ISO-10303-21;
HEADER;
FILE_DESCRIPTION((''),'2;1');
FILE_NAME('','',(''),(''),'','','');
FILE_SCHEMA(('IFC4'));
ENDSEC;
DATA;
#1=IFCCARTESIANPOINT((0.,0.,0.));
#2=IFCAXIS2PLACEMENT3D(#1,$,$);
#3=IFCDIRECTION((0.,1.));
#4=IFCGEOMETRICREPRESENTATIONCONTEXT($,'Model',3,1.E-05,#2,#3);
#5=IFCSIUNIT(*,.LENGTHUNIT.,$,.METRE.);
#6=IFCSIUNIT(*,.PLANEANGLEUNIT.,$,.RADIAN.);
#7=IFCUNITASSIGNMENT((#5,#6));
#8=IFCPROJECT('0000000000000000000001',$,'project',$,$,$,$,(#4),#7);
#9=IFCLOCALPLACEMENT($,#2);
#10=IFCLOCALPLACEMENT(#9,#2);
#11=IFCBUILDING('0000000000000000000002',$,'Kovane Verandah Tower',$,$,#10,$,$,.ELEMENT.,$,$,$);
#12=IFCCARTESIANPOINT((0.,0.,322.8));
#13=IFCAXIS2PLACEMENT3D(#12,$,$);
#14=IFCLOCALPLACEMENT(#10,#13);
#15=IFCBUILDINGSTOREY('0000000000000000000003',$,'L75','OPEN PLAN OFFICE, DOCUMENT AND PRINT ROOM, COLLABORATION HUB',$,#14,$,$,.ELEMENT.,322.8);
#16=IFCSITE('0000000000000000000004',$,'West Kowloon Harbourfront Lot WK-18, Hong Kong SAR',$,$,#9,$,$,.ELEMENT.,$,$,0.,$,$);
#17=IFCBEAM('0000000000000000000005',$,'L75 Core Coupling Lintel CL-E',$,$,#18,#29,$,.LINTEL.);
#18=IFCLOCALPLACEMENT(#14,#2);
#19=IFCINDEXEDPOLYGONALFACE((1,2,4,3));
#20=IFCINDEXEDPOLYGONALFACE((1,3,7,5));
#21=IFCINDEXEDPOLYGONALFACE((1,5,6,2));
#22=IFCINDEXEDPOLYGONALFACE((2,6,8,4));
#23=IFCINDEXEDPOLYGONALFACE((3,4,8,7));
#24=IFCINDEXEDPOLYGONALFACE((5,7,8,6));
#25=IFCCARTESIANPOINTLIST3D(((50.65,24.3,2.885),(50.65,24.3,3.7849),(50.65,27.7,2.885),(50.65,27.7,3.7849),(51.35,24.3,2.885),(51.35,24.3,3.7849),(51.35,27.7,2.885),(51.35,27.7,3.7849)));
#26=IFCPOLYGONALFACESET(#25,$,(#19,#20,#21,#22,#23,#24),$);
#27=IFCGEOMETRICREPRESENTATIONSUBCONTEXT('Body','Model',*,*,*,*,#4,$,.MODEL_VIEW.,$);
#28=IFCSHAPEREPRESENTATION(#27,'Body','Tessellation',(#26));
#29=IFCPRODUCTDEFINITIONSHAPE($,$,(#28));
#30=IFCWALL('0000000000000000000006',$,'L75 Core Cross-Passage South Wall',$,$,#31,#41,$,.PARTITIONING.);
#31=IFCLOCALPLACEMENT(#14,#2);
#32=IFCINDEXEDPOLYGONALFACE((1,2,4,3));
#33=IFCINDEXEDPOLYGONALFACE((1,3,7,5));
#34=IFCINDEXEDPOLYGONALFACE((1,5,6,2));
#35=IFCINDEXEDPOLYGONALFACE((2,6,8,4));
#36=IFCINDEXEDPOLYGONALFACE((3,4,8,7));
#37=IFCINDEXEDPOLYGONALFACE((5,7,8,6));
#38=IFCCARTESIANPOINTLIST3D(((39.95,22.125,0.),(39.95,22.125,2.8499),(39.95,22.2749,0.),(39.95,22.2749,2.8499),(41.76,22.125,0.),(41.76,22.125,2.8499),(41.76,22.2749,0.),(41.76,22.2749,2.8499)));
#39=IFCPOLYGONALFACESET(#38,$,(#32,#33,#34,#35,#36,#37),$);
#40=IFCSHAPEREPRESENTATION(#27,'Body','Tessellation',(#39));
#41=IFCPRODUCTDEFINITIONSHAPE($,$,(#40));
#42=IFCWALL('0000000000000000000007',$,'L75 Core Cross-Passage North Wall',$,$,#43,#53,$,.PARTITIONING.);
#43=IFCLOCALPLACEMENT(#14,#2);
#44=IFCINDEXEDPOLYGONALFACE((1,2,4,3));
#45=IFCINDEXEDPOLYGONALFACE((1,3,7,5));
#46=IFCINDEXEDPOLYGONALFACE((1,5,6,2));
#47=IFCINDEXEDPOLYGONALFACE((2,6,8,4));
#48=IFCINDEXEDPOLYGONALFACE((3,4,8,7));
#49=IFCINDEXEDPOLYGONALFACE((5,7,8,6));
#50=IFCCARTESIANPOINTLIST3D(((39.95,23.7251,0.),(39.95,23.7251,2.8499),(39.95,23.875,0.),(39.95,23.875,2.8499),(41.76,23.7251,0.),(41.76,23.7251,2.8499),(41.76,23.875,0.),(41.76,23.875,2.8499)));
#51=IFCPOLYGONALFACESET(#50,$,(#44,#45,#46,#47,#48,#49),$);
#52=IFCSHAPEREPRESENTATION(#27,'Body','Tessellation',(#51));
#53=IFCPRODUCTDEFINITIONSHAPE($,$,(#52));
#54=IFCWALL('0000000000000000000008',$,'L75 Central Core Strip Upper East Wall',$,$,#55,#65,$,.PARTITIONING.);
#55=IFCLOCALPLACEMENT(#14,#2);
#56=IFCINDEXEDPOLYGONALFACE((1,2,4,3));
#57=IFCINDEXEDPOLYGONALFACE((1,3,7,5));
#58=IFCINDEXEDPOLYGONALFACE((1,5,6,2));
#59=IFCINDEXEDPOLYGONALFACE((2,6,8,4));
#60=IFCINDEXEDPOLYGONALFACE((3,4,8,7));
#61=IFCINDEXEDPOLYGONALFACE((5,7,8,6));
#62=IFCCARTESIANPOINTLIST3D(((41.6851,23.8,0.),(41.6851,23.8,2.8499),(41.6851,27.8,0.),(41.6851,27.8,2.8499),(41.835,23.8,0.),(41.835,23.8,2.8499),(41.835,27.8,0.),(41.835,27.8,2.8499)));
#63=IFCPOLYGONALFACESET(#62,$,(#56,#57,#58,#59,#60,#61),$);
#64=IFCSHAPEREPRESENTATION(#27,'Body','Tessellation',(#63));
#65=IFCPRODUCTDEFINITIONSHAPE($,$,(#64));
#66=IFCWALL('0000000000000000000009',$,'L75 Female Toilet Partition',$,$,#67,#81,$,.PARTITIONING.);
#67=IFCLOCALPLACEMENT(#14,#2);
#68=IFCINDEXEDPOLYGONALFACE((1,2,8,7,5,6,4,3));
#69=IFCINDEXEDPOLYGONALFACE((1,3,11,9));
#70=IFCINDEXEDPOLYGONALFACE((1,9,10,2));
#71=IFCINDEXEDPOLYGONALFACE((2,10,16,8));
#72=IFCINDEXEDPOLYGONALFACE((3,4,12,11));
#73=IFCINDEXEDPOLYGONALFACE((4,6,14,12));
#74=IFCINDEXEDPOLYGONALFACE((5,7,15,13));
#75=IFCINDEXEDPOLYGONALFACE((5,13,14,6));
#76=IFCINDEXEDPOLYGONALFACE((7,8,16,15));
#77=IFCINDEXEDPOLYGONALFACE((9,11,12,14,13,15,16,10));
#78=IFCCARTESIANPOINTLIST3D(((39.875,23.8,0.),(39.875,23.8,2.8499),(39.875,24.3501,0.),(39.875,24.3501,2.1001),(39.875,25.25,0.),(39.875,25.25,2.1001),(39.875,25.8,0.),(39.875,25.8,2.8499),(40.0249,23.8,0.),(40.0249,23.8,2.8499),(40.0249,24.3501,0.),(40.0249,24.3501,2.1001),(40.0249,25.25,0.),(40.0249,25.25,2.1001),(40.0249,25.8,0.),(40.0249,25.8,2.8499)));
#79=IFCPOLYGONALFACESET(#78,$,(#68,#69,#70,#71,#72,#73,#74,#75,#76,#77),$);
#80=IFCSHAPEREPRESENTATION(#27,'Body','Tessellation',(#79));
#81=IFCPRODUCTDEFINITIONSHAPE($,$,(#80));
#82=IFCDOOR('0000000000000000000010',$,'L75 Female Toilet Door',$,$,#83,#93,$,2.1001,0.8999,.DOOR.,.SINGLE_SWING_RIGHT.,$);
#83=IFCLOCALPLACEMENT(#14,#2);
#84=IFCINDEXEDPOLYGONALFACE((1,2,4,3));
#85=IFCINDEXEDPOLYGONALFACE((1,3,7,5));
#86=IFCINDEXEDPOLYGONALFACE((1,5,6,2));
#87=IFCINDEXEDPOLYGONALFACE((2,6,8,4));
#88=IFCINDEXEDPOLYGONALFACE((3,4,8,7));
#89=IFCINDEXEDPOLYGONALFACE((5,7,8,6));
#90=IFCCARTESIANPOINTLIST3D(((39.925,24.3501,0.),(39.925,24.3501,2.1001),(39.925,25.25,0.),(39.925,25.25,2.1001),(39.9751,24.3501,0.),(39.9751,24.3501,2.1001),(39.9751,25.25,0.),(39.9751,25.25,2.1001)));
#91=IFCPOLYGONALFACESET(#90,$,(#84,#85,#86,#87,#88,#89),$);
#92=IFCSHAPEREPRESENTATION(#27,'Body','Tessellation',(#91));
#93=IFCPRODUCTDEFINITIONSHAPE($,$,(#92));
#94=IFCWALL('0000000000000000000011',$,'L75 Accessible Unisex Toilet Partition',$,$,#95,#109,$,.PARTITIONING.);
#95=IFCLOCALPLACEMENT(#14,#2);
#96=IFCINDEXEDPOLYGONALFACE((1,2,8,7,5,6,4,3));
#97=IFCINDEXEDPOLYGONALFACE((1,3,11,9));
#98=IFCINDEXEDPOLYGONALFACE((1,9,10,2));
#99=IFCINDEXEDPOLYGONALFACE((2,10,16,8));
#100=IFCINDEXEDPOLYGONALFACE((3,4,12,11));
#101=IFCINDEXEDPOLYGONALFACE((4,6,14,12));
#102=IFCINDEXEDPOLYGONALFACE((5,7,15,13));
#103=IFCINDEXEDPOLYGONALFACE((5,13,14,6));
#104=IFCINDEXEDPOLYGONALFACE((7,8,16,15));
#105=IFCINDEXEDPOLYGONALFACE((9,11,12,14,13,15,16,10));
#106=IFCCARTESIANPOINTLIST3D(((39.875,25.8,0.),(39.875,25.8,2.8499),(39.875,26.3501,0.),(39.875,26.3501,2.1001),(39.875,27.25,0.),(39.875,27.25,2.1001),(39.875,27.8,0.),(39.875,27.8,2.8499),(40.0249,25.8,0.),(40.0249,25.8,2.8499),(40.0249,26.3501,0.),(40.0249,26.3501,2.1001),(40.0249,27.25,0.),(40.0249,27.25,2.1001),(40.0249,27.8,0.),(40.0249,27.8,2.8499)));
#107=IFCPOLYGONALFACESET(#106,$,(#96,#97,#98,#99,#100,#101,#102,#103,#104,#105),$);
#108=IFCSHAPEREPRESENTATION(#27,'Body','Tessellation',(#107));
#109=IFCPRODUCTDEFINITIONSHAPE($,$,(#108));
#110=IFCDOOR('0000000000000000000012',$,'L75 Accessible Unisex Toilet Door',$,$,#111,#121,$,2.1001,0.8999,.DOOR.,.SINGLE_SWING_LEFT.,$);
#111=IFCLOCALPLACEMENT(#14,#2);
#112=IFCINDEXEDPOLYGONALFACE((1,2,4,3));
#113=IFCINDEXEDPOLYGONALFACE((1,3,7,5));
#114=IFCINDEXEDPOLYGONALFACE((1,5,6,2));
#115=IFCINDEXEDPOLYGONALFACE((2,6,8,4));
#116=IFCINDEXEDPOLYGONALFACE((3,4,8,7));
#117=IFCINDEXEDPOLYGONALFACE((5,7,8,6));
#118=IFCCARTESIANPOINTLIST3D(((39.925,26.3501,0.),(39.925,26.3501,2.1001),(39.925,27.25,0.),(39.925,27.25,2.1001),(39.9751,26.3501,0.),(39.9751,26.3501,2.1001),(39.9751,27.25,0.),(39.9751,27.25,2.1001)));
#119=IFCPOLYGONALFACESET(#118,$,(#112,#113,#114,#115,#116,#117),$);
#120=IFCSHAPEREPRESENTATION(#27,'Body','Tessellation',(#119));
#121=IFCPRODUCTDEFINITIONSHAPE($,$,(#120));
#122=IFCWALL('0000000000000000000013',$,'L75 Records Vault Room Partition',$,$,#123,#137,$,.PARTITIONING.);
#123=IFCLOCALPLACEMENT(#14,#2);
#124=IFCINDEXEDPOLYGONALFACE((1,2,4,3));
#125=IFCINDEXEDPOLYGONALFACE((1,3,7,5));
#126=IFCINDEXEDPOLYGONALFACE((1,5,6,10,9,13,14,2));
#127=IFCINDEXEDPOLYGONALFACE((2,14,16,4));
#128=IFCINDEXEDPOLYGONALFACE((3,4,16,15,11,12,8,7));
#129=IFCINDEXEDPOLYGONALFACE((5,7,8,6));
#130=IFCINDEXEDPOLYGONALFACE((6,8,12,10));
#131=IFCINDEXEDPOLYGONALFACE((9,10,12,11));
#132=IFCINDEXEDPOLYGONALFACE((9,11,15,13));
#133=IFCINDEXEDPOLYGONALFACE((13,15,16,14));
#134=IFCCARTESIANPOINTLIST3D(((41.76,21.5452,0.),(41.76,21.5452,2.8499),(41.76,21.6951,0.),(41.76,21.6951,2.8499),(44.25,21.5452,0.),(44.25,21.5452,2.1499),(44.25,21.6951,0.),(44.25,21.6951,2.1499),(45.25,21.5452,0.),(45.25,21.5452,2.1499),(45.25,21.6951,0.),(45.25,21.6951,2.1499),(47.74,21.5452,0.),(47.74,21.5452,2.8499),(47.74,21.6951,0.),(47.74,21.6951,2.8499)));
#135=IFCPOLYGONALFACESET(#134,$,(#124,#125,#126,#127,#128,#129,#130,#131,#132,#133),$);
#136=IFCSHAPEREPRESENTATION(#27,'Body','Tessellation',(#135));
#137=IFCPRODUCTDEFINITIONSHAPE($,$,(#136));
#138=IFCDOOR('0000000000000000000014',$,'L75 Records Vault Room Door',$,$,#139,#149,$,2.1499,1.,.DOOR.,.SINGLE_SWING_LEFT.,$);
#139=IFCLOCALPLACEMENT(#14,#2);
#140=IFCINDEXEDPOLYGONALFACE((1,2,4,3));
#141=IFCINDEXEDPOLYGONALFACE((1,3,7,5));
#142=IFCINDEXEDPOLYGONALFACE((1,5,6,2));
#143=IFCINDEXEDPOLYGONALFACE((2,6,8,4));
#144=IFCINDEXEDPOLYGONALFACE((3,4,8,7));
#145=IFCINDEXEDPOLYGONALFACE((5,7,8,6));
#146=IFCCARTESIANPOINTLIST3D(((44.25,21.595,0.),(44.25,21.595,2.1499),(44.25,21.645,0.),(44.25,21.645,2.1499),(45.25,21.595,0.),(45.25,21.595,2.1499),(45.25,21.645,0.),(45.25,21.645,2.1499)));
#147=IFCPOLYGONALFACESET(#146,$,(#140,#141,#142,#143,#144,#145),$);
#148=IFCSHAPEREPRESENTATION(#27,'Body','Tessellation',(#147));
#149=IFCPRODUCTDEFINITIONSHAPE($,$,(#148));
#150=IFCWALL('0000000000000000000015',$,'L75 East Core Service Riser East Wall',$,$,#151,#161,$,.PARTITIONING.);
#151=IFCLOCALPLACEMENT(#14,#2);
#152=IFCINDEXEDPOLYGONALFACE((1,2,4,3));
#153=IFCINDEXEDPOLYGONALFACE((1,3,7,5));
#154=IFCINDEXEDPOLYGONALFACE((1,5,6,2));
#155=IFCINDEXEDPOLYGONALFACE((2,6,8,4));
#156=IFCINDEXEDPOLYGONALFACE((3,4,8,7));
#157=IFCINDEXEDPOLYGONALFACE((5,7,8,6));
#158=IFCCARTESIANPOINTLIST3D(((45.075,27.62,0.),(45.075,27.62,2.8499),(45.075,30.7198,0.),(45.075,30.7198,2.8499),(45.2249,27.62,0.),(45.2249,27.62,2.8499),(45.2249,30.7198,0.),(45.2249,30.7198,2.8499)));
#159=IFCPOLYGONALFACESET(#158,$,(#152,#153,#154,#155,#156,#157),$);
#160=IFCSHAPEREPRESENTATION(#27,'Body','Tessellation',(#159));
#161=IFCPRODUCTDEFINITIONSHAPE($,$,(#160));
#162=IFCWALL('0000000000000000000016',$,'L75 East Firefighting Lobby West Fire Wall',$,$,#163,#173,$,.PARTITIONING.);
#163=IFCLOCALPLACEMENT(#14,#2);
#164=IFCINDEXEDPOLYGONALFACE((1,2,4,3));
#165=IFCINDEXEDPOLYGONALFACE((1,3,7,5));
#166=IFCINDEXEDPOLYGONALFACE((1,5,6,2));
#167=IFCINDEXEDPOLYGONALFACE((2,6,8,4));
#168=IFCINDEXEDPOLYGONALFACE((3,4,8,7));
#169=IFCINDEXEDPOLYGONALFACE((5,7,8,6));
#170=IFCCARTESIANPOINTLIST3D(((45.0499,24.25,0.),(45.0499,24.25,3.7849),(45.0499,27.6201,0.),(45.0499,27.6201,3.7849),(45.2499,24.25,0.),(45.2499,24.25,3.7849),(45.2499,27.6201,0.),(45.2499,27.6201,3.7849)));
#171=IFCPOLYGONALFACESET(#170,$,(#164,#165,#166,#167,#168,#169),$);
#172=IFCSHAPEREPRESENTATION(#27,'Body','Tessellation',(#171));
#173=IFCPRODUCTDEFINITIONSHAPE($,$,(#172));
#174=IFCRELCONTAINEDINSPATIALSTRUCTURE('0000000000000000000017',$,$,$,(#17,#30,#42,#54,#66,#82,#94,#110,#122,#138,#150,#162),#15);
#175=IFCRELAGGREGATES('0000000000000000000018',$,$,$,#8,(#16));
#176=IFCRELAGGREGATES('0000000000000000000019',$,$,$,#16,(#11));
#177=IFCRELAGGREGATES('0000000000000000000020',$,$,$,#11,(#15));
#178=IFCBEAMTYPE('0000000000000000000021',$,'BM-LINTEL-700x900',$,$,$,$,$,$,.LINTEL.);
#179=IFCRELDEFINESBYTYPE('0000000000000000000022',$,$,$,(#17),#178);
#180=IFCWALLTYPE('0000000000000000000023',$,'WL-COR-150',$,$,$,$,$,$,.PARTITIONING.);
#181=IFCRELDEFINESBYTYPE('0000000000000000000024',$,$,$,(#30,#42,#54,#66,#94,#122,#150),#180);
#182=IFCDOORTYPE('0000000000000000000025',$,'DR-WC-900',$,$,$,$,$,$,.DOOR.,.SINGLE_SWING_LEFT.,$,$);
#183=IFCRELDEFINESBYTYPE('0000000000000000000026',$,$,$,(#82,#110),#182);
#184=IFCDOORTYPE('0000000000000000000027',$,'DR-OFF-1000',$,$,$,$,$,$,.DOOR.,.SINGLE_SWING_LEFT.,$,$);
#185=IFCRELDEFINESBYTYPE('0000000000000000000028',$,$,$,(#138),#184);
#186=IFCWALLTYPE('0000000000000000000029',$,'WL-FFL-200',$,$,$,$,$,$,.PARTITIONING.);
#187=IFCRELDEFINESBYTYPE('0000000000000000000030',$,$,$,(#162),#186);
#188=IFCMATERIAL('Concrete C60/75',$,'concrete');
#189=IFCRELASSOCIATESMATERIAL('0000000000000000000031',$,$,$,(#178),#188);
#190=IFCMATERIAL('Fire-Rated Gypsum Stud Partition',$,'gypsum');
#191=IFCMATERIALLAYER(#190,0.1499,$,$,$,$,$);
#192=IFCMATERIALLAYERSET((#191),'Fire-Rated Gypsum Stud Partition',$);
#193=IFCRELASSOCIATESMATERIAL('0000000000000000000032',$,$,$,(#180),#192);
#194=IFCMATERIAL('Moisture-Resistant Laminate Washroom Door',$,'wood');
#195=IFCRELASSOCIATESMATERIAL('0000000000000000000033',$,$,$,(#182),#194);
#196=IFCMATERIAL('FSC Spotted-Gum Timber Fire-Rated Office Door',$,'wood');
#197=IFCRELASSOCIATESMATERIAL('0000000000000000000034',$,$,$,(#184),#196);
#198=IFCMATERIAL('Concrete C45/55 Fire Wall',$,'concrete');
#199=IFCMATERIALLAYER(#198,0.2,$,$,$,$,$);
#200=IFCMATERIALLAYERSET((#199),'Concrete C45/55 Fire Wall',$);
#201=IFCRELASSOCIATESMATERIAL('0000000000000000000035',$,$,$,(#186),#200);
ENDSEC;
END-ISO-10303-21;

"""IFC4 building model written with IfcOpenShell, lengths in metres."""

from ifc_helpers import new_model, si_unit, direction, frame, frame_2d, origin, origin_2d, place, context, subcontext, project, spatial, rectangle, extrude, material, layer, layer_set, material_profile, profile_set, type_object, element, fill, save


model = new_model("IFC4")

# Units and contexts
model_context = context("Model", 3, precision=1e-05, world=origin(), true_north=direction((0.0, 1.0)))
body_context = subcontext(model_context, "Body", "Model", "MODEL_VIEW")
ifc_project = project(units=[si_unit("LENGTHUNIT", "METRE"), si_unit("PLANEANGLEUNIT", "RADIAN")], contexts=[model_context])

# Site, building, storey
site_placement = place(None, origin())
site = spatial("IfcSite", under=ifc_project, at=site_placement, Name="West Kowloon Harbourfront Lot WK-18, Hong Kong SAR", CompositionType="ELEMENT", RefElevation=0.0)
building_placement = place(site_placement, origin())
building = spatial("IfcBuilding", under=site, at=building_placement, Name="Kovane Verandah Tower", CompositionType="ELEMENT")
storey_placement = place(building_placement, frame((0.0, 0.0, 322.8)))
storey = spatial("IfcBuildingStorey", under=building, at=storey_placement, Name="L75", Description="OPEN PLAN OFFICE, DOCUMENT AND PRINT ROOM, COLLABORATION HUB", CompositionType="ELEMENT", Elevation=322.8)

# Beam
ifc_material_1 = material(Name="Concrete C60/75", Category="concrete")
ifc_material_profile = material_profile(ifc_material_1, rectangle(XDim=0.7, YDim=0.8999, at=origin_2d()), Name="RCB700x900")
ifc_profile_set = profile_set([ifc_material_profile], Name="Concrete C60/75")
beam_type = type_object("IfcBeamType", Name="BM-LINTEL-700x900", PredefinedType="LINTEL", material=ifc_profile_set)
beam_placement = place(storey_placement, frame((51.0, 24.3, 3.335), z_axis=(0.0, 1.0, 0.0), x_axis=(-1.0, 0.0, 0.0)))
element("IfcBeam", 1, at=beam_placement, inside=storey, type_object=beam_type, Name="L75 Core Coupling Lintel CL-E", PredefinedType="LINTEL", context=body_context, shape_type="SweptSolid", body=[
    extrude(rectangle(XDim=0.7, YDim=0.8999, at=origin_2d()), origin(), (0.0, 0.0, 1.0), 3.3999),
])

# Walls
ifc_material_2 = material(Name="Fire-Rated Gypsum Stud Partition", Category="gypsum")
ifc_layer_1 = layer(ifc_material_2, 0.1499)
ifc_layer_set_1 = layer_set([ifc_layer_1], Name="Fire-Rated Gypsum Stud Partition")
wall_type_1 = type_object("IfcWallType", Name="WL-COR-150", PredefinedType="PARTITIONING", material=ifc_layer_set_1)
for number, where, z_axis, x_axis, name in (
    (2, (39.95, 22.2, 0.0), (0.0, 0.0, 1.0), (1.0, 0.0, 0.0), "L75 Core Cross-Passage South Wall"),
    (3, (39.95, 23.8, 0.0), (0.0, 0.0, 1.0), (1.0, 0.0, 0.0), "L75 Core Cross-Passage North Wall"),
):
    element("IfcWall", number, at=place(storey_placement, frame(where, z_axis=z_axis, x_axis=x_axis)), inside=storey, type_object=wall_type_1, Name=name, PredefinedType="PARTITIONING", context=body_context, shape_type="SweptSolid", body=[
        extrude(rectangle(XDim=1.8101, YDim=0.1499, at=frame_2d((0.905, 0.0))), origin(), (0.0, 0.0, 1.0), 2.8499),
    ])
wall_1_placement = place(storey_placement, frame((41.76, 23.8, 0.0), z_axis=(0.0, 0.0, 1.0), x_axis=(0.0, 1.0, 0.0)))
element("IfcWall", 4, at=wall_1_placement, inside=storey, type_object=wall_type_1, Name="L75 Central Core Strip Upper East Wall", PredefinedType="PARTITIONING", context=body_context, shape_type="SweptSolid", body=[
    extrude(rectangle(XDim=4.0, YDim=0.1499, at=frame_2d((2.0, 0.0))), origin(), (0.0, 0.0, 1.0), 2.8499),
])

# Walls, openings, doors
wall_2_placement = place(storey_placement, frame((39.95, 23.8, 0.0), z_axis=(0.0, 0.0, 1.0), x_axis=(0.0, 1.0, 0.0)))
wall_2 = element("IfcWall", 5, at=wall_2_placement, inside=storey, type_object=wall_type_1, Name="L75 Female Toilet Partition", PredefinedType="PARTITIONING", context=body_context, shape_type="SweptSolid", body=[
    extrude(rectangle(XDim=2.0, YDim=0.1499, at=frame_2d((1.0, 0.0))), origin(), (0.0, 0.0, 1.0), 2.8499),
])
opening_1_placement = place(wall_2_placement, frame((0.55, 0.0, 0.0)))
opening_1 = element("IfcOpeningElement", 6, at=opening_1_placement, cuts=wall_2, PredefinedType="OPENING", context=body_context, shape_type="SweptSolid", body=[
    extrude(rectangle(XDim=0.8999, YDim=2.1001, at=frame_2d((0.45, 1.05))), frame((0.0, 0.075, 0.0), z_axis=(0.0, -1.0, 0.0), x_axis=(1.0, 0.0, 0.0)), (0.0, 0.0, 1.0), 0.1499),
])
ifc_material_3 = material(Name="Moisture-Resistant Laminate Washroom Door", Category="wood")
door_type_1 = type_object("IfcDoorType", Name="DR-WC-900", OperationType="SINGLE_SWING_LEFT", PredefinedType="DOOR", material=ifc_material_3)
door_1_placement = place(opening_1_placement, origin())
door_1 = element("IfcDoor", 7, at=door_1_placement, inside=storey, type_object=door_type_1, Name="L75 Female Toilet Door", OperationType="SINGLE_SWING_RIGHT", OverallHeight=2.1001, OverallWidth=0.8999, PredefinedType="DOOR", context=body_context, shape_type="SweptSolid", body=[
    extrude(rectangle(XDim=0.8999, YDim=2.1001, at=frame_2d((0.45, 1.05))), frame((0.0, 0.0249, 0.0), z_axis=(0.0, -1.0, 0.0), x_axis=(1.0, 0.0, 0.0)), (0.0, 0.0, 1.0), 0.05),
])
fill(opening_1, door_1)
wall_3_placement = place(storey_placement, frame((39.95, 25.8, 0.0), z_axis=(0.0, 0.0, 1.0), x_axis=(0.0, 1.0, 0.0)))
wall_3 = element("IfcWall", 8, at=wall_3_placement, inside=storey, type_object=wall_type_1, Name="L75 Accessible Unisex Toilet Partition", PredefinedType="PARTITIONING", context=body_context, shape_type="SweptSolid", body=[
    extrude(rectangle(XDim=2.0, YDim=0.1499, at=frame_2d((1.0, 0.0))), origin(), (0.0, 0.0, 1.0), 2.8499),
])
opening_2_placement = place(wall_3_placement, frame((0.55, 0.0, 0.0)))
opening_2 = element("IfcOpeningElement", 9, at=opening_2_placement, cuts=wall_3, PredefinedType="OPENING", context=body_context, shape_type="SweptSolid", body=[
    extrude(rectangle(XDim=0.8999, YDim=2.1001, at=frame_2d((0.45, 1.05))), frame((0.0, 0.075, 0.0), z_axis=(0.0, -1.0, 0.0), x_axis=(1.0, 0.0, 0.0)), (0.0, 0.0, 1.0), 0.1499),
])
door_2_placement = place(opening_2_placement, origin())
door_2 = element("IfcDoor", 10, at=door_2_placement, inside=storey, type_object=door_type_1, Name="L75 Accessible Unisex Toilet Door", OperationType="SINGLE_SWING_LEFT", OverallHeight=2.1001, OverallWidth=0.8999, PredefinedType="DOOR", context=body_context, shape_type="SweptSolid", body=[
    extrude(rectangle(XDim=0.8999, YDim=2.1001, at=frame_2d((0.45, 1.05))), frame((0.0, 0.0249, 0.0), z_axis=(0.0, -1.0, 0.0), x_axis=(1.0, 0.0, 0.0)), (0.0, 0.0, 1.0), 0.05),
])
fill(opening_2, door_2)
wall_4_placement = place(storey_placement, frame((41.76, 21.6201, 0.0), z_axis=(0.0, 0.0, 1.0), x_axis=(1.0, 0.0, 0.0)))
wall_4 = element("IfcWall", 11, at=wall_4_placement, inside=storey, type_object=wall_type_1, Name="L75 Records Vault Room Partition", PredefinedType="PARTITIONING", context=body_context, shape_type="SweptSolid", body=[
    extrude(rectangle(XDim=5.98, YDim=0.1499, at=frame_2d((2.99, 0.0))), origin(), (0.0, 0.0, 1.0), 2.8499),
])
opening_3_placement = place(wall_4_placement, frame((2.49, 0.0, 0.0)))
opening_3 = element("IfcOpeningElement", 12, at=opening_3_placement, cuts=wall_4, PredefinedType="OPENING", context=body_context, shape_type="SweptSolid", body=[
    extrude(rectangle(XDim=1.0, YDim=2.1499, at=frame_2d((0.5, 1.075))), frame((0.0, 0.075, 0.0), z_axis=(0.0, -1.0, 0.0), x_axis=(1.0, 0.0, 0.0)), (0.0, 0.0, 1.0), 0.1499),
])
ifc_material_4 = material(Name="FSC Spotted-Gum Timber Fire-Rated Office Door", Category="wood")
door_type_2 = type_object("IfcDoorType", Name="DR-OFF-1000", OperationType="SINGLE_SWING_LEFT", PredefinedType="DOOR", material=ifc_material_4)
door_3_placement = place(opening_3_placement, origin())
door_3 = element("IfcDoor", 13, at=door_3_placement, inside=storey, type_object=door_type_2, Name="L75 Records Vault Room Door", OperationType="SINGLE_SWING_LEFT", OverallHeight=2.1499, OverallWidth=1.0, PredefinedType="DOOR", context=body_context, shape_type="SweptSolid", body=[
    extrude(rectangle(XDim=1.0, YDim=2.1499, at=frame_2d((0.5, 1.075))), frame((0.0, 0.0249, 0.0), z_axis=(0.0, -1.0, 0.0), x_axis=(1.0, 0.0, 0.0)), (0.0, 0.0, 1.0), 0.05),
])
fill(opening_3, door_3)

# Wall
wall_5_placement = place(storey_placement, frame((45.1499, 27.6201, 0.0), z_axis=(0.0, 0.0, 1.0), x_axis=(0.0, 1.0, 0.0)))
element("IfcWall", 14, at=wall_5_placement, inside=storey, type_object=wall_type_1, Name="L75 East Core Service Riser East Wall", PredefinedType="PARTITIONING", context=body_context, shape_type="SweptSolid", body=[
    extrude(rectangle(XDim=3.0999, YDim=0.1499, at=frame_2d((1.5498, 0.0))), origin(), (0.0, 0.0, 1.0), 2.8499),
])

# Shared definitions
ifc_material_5 = material(Name="Concrete C45/55 Fire Wall", Category="concrete")
ifc_layer_2 = layer(ifc_material_5, 0.2)
ifc_layer_set_2 = layer_set([ifc_layer_2], Name="Concrete C45/55 Fire Wall")
wall_type_2 = type_object("IfcWallType", Name="WL-FFL-200", PredefinedType="PARTITIONING", material=ifc_layer_set_2)

# Wall
wall_6_placement = place(storey_placement, frame((45.1499, 24.25, 0.0), z_axis=(0.0, 0.0, 1.0), x_axis=(0.0, 1.0, 0.0)))
element("IfcWall", 15, at=wall_6_placement, inside=storey, type_object=wall_type_2, Name="L75 East Firefighting Lobby West Fire Wall", PredefinedType="PARTITIONING", context=body_context, shape_type="SweptSolid", body=[
    extrude(rectangle(XDim=3.3701, YDim=0.2, at=frame_2d((1.6851, 0.0))), origin(), (0.0, 0.0, 1.0), 3.7849),
])

save(model, "model.ifc")
